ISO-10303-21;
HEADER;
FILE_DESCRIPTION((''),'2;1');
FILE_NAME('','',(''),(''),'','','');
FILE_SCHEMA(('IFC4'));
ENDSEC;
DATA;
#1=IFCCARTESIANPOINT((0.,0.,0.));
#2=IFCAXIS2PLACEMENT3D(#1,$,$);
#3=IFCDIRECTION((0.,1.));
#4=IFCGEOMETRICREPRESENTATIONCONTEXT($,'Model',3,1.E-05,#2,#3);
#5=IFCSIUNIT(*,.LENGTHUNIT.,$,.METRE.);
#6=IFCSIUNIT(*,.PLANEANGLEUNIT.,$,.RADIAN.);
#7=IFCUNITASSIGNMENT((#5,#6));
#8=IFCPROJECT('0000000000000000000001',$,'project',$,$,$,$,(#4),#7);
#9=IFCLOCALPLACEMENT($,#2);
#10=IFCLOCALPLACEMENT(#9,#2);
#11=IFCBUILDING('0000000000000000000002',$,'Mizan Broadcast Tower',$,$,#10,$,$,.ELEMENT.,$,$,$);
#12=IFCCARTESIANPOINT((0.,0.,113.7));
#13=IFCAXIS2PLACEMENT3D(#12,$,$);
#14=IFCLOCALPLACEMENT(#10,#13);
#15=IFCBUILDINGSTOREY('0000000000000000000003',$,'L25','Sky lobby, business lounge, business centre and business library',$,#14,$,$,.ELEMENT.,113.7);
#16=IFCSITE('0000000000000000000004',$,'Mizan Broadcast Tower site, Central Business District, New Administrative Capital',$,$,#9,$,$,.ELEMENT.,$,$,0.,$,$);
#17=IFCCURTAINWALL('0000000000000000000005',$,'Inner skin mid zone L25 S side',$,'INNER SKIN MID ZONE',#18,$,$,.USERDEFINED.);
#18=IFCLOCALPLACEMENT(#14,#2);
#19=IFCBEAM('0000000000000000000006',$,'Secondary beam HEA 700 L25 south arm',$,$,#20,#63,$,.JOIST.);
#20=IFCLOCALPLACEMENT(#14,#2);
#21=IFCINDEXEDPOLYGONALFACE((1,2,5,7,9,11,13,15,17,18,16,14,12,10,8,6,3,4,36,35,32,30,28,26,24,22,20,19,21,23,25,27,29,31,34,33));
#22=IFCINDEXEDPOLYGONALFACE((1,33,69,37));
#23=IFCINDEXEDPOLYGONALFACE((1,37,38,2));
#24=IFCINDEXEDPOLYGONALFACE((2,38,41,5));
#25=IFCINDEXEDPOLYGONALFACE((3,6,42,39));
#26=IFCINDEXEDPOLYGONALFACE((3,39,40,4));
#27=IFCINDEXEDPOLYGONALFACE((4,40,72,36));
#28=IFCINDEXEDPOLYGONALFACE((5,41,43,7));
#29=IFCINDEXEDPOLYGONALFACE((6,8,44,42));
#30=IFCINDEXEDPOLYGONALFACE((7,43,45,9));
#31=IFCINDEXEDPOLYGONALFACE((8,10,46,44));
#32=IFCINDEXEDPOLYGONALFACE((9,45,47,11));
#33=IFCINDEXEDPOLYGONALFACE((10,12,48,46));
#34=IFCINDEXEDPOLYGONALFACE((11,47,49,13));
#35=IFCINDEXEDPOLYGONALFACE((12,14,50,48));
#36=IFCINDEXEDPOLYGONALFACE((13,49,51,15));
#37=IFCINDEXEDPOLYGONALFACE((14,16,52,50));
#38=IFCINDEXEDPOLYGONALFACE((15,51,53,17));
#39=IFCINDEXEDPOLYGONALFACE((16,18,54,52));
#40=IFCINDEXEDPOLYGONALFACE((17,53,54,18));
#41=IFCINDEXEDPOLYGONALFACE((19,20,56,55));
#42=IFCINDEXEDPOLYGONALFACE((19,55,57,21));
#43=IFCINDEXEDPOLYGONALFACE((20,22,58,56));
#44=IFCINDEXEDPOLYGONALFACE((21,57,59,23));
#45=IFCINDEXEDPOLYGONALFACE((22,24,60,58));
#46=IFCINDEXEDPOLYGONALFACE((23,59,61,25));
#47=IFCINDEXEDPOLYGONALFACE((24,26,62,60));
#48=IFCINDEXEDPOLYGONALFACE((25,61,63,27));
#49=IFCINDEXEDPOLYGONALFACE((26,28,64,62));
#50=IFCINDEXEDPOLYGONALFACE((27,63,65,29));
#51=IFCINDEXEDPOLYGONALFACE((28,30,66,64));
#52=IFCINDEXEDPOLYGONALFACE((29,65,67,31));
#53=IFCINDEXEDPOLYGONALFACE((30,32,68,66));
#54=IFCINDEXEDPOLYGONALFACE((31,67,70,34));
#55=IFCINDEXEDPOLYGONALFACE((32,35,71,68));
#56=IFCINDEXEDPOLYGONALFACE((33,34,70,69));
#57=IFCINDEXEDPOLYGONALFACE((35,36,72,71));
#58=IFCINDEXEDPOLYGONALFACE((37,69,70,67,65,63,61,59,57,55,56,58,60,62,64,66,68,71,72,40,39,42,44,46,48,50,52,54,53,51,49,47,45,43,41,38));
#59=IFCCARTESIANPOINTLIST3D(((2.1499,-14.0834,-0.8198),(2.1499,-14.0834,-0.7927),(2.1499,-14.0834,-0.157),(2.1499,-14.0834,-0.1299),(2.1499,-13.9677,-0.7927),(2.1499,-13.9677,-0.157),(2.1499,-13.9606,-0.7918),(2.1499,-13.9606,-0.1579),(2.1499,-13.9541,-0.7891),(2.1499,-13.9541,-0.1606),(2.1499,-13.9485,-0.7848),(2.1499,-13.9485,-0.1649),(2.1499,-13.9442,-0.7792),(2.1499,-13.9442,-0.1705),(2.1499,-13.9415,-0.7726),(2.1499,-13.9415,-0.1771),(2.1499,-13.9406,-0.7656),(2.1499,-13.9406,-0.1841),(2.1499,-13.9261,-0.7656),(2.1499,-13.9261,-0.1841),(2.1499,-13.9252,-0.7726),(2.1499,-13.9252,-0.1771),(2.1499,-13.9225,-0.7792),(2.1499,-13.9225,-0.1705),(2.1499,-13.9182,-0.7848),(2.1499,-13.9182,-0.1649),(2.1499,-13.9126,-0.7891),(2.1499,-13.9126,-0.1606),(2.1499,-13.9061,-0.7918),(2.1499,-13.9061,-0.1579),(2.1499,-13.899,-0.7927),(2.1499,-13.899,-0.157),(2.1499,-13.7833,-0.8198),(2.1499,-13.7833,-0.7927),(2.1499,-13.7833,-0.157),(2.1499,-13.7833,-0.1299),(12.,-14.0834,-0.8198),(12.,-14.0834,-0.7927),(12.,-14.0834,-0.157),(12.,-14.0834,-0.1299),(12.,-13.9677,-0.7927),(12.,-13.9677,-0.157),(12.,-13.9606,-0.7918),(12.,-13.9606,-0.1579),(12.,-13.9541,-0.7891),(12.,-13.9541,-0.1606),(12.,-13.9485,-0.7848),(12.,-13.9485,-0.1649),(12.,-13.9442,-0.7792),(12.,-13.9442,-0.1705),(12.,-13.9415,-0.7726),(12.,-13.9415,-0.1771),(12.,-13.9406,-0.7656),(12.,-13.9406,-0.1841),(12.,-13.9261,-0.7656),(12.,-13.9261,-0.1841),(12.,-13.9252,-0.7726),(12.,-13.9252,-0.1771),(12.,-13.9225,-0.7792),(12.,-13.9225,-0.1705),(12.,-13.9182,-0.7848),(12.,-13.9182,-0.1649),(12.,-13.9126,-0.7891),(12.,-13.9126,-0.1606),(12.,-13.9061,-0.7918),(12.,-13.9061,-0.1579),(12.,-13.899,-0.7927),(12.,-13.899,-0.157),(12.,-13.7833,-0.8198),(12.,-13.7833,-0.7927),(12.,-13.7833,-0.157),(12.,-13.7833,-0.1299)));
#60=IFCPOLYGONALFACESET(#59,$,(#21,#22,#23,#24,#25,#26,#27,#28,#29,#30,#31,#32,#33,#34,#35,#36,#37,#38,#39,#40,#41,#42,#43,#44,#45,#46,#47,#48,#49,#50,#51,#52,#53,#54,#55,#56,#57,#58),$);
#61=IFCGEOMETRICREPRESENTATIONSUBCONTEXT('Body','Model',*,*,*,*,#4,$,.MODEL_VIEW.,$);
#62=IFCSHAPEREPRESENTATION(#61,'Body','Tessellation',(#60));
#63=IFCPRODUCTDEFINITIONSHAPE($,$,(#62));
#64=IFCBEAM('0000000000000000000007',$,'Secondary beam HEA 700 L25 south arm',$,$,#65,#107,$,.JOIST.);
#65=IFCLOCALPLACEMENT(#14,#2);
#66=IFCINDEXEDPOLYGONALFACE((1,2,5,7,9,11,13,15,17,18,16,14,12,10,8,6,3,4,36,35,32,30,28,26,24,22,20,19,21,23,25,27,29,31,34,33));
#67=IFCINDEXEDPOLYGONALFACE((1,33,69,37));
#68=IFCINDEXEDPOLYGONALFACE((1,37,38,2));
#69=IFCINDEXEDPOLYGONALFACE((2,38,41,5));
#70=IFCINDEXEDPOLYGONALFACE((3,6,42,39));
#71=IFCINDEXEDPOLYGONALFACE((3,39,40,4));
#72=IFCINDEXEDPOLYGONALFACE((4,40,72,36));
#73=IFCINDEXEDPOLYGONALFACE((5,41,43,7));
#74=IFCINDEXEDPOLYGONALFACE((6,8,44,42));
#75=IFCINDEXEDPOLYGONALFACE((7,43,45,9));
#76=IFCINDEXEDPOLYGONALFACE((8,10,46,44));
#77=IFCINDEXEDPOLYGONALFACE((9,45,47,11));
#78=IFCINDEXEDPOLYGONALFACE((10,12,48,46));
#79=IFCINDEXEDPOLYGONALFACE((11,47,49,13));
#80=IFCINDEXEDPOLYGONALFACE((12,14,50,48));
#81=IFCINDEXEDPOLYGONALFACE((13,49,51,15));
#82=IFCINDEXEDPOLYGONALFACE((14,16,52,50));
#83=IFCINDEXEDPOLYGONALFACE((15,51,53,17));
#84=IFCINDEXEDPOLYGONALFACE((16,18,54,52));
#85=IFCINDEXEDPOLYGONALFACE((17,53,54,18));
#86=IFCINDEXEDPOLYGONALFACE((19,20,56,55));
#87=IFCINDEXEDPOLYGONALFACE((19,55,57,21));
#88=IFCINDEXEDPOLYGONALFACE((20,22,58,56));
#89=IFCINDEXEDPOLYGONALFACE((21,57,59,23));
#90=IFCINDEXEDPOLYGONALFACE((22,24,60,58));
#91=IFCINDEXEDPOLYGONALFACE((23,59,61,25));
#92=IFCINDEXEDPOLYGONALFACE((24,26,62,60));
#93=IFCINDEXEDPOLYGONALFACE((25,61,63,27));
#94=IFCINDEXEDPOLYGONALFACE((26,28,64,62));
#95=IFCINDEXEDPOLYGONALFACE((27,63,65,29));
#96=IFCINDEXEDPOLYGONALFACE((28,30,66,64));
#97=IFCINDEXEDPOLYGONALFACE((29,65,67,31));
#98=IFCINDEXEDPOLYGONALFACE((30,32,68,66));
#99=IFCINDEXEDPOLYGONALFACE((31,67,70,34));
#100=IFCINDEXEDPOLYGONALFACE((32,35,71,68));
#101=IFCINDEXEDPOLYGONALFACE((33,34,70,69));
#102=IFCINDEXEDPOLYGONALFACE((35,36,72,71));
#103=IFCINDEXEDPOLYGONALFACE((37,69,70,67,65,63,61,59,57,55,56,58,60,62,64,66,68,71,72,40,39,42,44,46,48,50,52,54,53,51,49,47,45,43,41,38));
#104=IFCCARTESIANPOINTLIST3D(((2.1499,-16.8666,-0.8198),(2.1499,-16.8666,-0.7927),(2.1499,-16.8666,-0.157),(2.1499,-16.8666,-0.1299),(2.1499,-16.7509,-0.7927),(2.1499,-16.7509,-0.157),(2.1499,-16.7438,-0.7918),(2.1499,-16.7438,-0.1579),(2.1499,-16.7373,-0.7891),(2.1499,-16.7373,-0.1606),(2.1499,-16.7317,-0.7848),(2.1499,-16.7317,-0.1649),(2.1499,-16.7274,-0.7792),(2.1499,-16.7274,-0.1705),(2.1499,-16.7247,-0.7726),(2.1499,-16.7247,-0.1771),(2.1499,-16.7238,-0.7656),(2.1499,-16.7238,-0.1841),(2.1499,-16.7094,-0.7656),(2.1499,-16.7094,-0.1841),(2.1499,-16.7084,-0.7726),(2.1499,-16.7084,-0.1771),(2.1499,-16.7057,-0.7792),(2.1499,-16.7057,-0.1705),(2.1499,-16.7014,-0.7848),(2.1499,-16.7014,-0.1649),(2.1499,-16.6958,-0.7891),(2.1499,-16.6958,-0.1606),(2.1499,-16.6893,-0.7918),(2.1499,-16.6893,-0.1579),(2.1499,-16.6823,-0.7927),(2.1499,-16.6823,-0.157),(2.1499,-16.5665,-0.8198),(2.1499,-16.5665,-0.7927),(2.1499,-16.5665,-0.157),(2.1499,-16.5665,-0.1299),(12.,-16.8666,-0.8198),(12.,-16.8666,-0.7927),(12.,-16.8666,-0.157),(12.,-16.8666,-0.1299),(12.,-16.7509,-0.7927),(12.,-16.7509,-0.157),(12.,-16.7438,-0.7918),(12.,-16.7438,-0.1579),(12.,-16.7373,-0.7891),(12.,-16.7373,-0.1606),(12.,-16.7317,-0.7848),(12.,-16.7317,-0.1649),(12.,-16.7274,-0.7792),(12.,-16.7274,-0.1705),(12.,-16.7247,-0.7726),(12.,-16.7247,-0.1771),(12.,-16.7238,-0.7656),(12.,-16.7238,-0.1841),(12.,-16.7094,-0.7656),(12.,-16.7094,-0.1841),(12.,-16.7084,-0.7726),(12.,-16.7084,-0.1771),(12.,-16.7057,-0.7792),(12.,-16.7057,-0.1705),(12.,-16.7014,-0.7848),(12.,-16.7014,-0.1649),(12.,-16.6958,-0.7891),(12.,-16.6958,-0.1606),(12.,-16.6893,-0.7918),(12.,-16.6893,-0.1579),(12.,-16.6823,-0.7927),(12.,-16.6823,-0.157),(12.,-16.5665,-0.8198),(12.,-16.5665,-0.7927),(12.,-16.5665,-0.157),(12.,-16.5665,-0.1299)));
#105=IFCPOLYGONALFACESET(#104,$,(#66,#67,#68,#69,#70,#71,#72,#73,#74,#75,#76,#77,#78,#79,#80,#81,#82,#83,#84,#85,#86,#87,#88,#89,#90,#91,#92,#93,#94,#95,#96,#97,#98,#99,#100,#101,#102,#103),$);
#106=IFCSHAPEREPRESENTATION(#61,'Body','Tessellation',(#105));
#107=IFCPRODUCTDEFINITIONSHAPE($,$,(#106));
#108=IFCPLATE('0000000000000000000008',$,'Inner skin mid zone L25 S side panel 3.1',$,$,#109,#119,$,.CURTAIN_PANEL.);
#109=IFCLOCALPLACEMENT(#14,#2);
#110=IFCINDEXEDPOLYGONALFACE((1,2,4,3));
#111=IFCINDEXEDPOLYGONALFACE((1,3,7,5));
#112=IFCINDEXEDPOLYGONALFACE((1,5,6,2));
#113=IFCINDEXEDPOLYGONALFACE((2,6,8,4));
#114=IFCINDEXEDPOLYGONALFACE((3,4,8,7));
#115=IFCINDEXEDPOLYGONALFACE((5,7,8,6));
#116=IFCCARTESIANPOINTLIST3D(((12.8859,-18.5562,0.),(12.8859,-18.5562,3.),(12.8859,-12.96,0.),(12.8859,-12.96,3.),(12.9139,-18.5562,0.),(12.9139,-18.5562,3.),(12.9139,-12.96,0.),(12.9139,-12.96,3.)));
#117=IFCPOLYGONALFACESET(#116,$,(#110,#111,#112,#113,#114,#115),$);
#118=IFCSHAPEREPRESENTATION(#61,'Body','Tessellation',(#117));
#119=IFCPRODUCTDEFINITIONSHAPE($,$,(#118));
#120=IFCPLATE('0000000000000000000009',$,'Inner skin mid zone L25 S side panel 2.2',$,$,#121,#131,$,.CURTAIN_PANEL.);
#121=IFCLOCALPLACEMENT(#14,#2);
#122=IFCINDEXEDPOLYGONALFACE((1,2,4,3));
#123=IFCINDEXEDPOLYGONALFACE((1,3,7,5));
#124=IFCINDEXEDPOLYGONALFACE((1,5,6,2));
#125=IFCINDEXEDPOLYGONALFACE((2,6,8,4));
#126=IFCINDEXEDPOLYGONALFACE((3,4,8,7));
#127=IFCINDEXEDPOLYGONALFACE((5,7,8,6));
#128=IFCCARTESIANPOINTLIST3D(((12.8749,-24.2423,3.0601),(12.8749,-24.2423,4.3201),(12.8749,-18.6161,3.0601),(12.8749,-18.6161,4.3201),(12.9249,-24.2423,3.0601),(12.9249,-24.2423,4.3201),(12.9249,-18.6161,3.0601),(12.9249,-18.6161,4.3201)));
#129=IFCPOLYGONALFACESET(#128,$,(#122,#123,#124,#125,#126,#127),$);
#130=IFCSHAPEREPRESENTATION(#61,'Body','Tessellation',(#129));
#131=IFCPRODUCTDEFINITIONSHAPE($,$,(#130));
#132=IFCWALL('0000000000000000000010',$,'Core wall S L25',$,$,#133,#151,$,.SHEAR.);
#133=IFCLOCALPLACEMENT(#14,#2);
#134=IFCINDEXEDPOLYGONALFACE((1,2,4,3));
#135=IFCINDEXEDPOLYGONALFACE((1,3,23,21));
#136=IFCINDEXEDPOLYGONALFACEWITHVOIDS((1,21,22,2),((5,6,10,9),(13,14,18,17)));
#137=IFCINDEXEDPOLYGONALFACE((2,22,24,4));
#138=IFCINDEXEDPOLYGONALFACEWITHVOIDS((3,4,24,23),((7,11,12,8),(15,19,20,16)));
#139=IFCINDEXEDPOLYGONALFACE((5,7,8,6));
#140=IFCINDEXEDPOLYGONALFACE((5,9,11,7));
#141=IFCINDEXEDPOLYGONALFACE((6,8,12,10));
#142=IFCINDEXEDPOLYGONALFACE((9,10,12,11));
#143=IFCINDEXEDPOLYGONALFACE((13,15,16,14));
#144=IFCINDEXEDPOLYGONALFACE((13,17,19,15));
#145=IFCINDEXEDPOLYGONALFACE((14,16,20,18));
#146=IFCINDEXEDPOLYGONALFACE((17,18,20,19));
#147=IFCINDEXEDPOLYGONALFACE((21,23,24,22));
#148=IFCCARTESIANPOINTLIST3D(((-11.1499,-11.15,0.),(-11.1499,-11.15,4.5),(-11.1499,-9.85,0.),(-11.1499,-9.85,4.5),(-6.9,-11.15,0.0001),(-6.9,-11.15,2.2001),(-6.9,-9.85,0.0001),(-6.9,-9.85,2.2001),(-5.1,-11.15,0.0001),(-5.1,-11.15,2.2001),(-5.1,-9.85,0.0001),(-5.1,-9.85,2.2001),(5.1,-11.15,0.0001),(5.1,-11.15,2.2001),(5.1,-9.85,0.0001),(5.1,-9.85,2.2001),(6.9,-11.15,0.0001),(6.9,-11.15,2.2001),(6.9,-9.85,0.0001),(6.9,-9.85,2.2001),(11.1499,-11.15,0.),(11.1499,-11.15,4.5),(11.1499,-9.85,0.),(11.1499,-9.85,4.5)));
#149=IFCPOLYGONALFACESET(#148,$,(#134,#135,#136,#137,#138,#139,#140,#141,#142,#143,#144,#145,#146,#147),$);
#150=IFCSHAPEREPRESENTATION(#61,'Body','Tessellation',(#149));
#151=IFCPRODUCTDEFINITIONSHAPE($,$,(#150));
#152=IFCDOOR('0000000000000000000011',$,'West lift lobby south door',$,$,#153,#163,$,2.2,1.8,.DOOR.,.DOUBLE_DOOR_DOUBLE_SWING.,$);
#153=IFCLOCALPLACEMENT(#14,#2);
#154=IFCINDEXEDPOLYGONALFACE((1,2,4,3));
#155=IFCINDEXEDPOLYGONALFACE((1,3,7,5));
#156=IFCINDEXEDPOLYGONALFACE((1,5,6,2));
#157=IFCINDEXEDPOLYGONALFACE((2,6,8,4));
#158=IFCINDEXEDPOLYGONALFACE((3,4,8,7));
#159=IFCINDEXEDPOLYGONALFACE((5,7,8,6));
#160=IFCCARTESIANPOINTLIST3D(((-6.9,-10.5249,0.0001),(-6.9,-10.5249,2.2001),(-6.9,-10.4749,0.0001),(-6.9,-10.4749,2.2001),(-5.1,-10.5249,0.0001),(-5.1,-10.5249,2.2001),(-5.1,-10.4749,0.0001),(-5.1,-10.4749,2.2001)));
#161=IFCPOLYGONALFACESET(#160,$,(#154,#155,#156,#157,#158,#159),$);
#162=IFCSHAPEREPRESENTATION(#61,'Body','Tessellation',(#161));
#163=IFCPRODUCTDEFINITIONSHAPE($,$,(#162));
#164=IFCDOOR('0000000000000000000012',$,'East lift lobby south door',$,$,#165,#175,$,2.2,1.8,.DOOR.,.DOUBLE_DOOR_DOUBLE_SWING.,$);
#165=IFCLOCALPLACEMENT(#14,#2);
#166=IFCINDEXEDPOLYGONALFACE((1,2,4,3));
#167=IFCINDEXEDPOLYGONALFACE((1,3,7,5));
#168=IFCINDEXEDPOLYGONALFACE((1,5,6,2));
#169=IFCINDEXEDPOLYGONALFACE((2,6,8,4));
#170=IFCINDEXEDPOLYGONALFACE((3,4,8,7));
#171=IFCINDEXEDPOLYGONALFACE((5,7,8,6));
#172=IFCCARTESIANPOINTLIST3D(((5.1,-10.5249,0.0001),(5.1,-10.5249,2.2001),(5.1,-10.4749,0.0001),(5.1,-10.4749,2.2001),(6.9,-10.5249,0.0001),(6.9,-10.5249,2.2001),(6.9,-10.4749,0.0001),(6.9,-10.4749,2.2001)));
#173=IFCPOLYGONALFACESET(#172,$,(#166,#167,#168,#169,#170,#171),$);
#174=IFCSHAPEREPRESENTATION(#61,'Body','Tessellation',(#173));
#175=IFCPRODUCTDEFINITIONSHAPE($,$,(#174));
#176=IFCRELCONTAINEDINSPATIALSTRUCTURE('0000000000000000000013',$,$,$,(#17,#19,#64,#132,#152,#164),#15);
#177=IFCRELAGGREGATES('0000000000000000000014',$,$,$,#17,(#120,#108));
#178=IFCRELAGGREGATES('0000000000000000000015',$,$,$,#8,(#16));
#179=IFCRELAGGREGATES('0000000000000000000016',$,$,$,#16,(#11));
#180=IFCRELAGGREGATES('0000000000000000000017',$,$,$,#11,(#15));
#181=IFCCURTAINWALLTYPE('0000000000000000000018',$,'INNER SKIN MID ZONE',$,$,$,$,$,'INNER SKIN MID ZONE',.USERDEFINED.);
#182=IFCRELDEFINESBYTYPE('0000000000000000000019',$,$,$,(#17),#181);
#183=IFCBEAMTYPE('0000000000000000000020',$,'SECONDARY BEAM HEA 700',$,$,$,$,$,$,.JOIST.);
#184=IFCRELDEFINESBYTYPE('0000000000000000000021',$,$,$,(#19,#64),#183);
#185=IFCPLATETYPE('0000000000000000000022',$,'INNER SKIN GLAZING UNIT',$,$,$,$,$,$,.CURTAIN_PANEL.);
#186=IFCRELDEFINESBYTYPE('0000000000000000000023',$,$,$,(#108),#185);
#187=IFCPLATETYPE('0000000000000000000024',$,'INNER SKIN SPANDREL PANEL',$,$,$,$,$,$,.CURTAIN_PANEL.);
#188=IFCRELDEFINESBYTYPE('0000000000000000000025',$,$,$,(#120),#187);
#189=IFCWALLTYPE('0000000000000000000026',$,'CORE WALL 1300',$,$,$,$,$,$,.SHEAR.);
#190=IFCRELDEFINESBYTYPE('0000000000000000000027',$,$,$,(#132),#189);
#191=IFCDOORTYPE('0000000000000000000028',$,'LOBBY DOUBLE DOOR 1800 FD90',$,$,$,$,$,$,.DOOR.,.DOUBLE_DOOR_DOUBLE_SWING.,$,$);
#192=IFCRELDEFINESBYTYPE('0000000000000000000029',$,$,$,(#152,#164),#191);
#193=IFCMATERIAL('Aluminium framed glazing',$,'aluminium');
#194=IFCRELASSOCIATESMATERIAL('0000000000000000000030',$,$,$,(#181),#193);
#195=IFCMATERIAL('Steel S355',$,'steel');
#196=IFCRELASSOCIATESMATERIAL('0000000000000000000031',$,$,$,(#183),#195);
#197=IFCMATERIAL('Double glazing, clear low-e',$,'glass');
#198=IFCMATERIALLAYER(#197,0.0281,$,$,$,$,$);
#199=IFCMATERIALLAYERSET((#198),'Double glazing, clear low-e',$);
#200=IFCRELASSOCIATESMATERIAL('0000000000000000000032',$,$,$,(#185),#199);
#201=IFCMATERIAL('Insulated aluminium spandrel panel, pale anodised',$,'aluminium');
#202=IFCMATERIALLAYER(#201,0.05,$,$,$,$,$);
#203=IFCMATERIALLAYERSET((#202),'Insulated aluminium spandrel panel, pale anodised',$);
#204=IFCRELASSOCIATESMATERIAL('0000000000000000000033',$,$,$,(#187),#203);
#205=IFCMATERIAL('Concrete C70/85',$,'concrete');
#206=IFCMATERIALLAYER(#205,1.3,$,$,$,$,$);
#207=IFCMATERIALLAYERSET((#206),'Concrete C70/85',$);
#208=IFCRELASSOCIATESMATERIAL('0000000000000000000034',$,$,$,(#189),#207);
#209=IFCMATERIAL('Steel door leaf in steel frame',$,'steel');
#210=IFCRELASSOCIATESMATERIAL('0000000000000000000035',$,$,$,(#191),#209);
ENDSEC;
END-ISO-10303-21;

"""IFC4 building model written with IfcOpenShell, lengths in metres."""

from ifc_helpers import new_model, si_unit, direction, frame, frame_2d, origin, origin_2d, place, context, subcontext, project, spatial, rectangle, i_section, extrude, material, layer, layer_set, material_profile, profile_set, type_object, element, fill, aggregate, save


model = new_model("IFC4")

# Units and contexts
model_context = context("Model", 3, precision=1e-05, world=origin(), true_north=direction((0.0, 1.0)))
body_context = subcontext(model_context, "Body", "Model", "MODEL_VIEW")
ifc_project = project(units=[si_unit("LENGTHUNIT", "METRE"), si_unit("PLANEANGLEUNIT", "RADIAN")], contexts=[model_context])

# Site, building, storey
site_placement = place(None, origin())
site = spatial("IfcSite", under=ifc_project, at=site_placement, Name="Mizan Broadcast Tower site, Central Business District, New Administrative Capital", CompositionType="ELEMENT", RefElevation=0.0)
building_placement = place(site_placement, origin())
building = spatial("IfcBuilding", under=site, at=building_placement, Name="Mizan Broadcast Tower", CompositionType="ELEMENT")
storey_placement = place(building_placement, frame((0.0, 0.0, 113.7)))
storey = spatial("IfcBuildingStorey", under=building, at=storey_placement, Name="L25", Description="Sky lobby, business lounge, business centre and business library", CompositionType="ELEMENT", Elevation=113.7)

# Curtain wall
ifc_material_1 = material(Name="Aluminium framed glazing", Category="aluminium")
curtain_wall_type = type_object("IfcCurtainWallType", Name="INNER SKIN MID ZONE", ElementType="INNER SKIN MID ZONE", PredefinedType="USERDEFINED", material=ifc_material_1)
curtain_wall_placement = place(storey_placement, origin())
curtain_wall = element("IfcCurtainWall", 1, at=curtain_wall_placement, inside=storey, type_object=curtain_wall_type, Name="Inner skin mid zone L25 S side", ObjectType="INNER SKIN MID ZONE", PredefinedType="USERDEFINED")

# Beams
ifc_material_2 = material(Name="Steel S355", Category="steel")
ifc_material_profile_1 = material_profile(ifc_material_2, i_section(OverallWidth=0.3, OverallDepth=0.6899, WebThickness=0.0144, FlangeThickness=0.0271, FilletRadius=0.0271, at=origin_2d()), Name="HEA 700")
ifc_profile_set_1 = profile_set([ifc_material_profile_1], Name="Steel S355")
beam_type_1 = type_object("IfcBeamType", Name="SECONDARY BEAM HEA 700", PredefinedType="JOIST", material=ifc_profile_set_1)
for number, where, z_axis, x_axis, name in (
    (2, (12.0, -13.9333, -0.4749), (-1.0, 0.0, 0.0), (0.0, -1.0, 0.0), "Secondary beam HEA 700 L25 south arm"),
    (3, (12.0, -16.7166, -0.4749), (-1.0, 0.0, 0.0), (0.0, -1.0, 0.0), "Secondary beam HEA 700 L25 south arm"),
):
    element("IfcBeam", number, at=place(storey_placement, frame(where, z_axis=z_axis, x_axis=x_axis)), inside=storey, type_object=beam_type_1, Name=name, PredefinedType="JOIST", context=body_context, shape_type="SweptSolid", body=[
        extrude(i_section(OverallWidth=0.3, OverallDepth=0.6899, WebThickness=0.0144, FlangeThickness=0.0271, FilletRadius=0.0271, at=origin_2d()), origin(), (0.0, 0.0, 1.0), 9.8501),
    ])

# Plates
ifc_material_3 = material(Name="Double glazing, clear low-e", Category="glass")
ifc_layer_1 = layer(ifc_material_3, 0.0281)
ifc_layer_set_1 = layer_set([ifc_layer_1], Name="Double glazing, clear low-e")
plate_type_1 = type_object("IfcPlateType", Name="INNER SKIN GLAZING UNIT", PredefinedType="CURTAIN_PANEL", material=ifc_layer_set_1)
plate_1_placement = place(storey_placement, frame((12.8999, -15.7581, 0.0), z_axis=(0.0, 0.0, 1.0), x_axis=(0.0, 1.0, 0.0)))
plate_1 = element("IfcPlate", 4, at=plate_1_placement, type_object=plate_type_1, Name="Inner skin mid zone L25 S side panel 3.1", PredefinedType="CURTAIN_PANEL", context=body_context, shape_type="SweptSolid", body=[
    extrude(rectangle(XDim=5.5962, YDim=0.0281, at=origin_2d()), origin(), (0.0, 0.0, 1.0), 3.0),
])
ifc_material_4 = material(Name="Insulated aluminium spandrel panel, pale anodised", Category="aluminium")
ifc_layer_2 = layer(ifc_material_4, 0.05)
ifc_layer_set_2 = layer_set([ifc_layer_2], Name="Insulated aluminium spandrel panel, pale anodised")
plate_type_2 = type_object("IfcPlateType", Name="INNER SKIN SPANDREL PANEL", PredefinedType="CURTAIN_PANEL", material=ifc_layer_set_2)
plate_2_placement = place(storey_placement, frame((12.8999, -21.4292, 3.0601), z_axis=(0.0, 0.0, 1.0), x_axis=(0.0, 1.0, 0.0)))
plate_2 = element("IfcPlate", 5, at=plate_2_placement, type_object=plate_type_2, Name="Inner skin mid zone L25 S side panel 2.2", PredefinedType="CURTAIN_PANEL", context=body_context, shape_type="SweptSolid", body=[
    extrude(rectangle(XDim=5.6262, YDim=0.05, at=origin_2d()), origin(), (0.0, 0.0, 1.0), 1.26),
])
aggregate(curtain_wall, [plate_2, plate_1])

# Wall, openings, doors
ifc_material_5 = material(Name="Concrete C70/85", Category="concrete")
ifc_layer_3 = layer(ifc_material_5, 1.3)
ifc_layer_set_3 = layer_set([ifc_layer_3], Name="Concrete C70/85")
wall_type_1 = type_object("IfcWallType", Name="CORE WALL 1300", PredefinedType="SHEAR", material=ifc_layer_set_3)
wall_1_placement = place(storey_placement, frame((11.1499, -10.5, 0.0), z_axis=(0.0, 0.0, 1.0), x_axis=(-1.0, 0.0, 0.0)))
wall_1 = element("IfcWall", 6, at=wall_1_placement, inside=storey, type_object=wall_type_1, Name="Core wall S L25", PredefinedType="SHEAR", context=body_context, shape_type="SweptSolid", body=[
    extrude(rectangle(XDim=22.2998, YDim=1.3, at=frame_2d((11.1499, 0.0))), origin(), (0.0, 0.0, 1.0), 4.5),
])
opening_1_placement = place(wall_1_placement, frame((16.25, 0.0, 0.0)))
opening_1 = element("IfcOpeningElement", 7, at=opening_1_placement, cuts=wall_1, PredefinedType="OPENING", context=body_context, shape_type="SweptSolid", body=[
    extrude(rectangle(XDim=1.8, YDim=2.2, at=frame_2d((0.8999, 1.1001))), frame((0.0, 0.6599, 0.0), z_axis=(0.0, -1.0, 0.0), x_axis=(1.0, 0.0, 0.0)), (0.0, 0.0, 1.0), 1.3201),
])
opening_2_placement = place(wall_1_placement, frame((4.25, 0.0, 0.0)))
opening_2 = element("IfcOpeningElement", 8, at=opening_2_placement, cuts=wall_1, PredefinedType="OPENING", context=body_context, shape_type="SweptSolid", body=[
    extrude(rectangle(XDim=1.8, YDim=2.2, at=frame_2d((0.8999, 1.1001))), frame((0.0, 0.6599, 0.0), z_axis=(0.0, -1.0, 0.0), x_axis=(1.0, 0.0, 0.0)), (0.0, 0.0, 1.0), 1.3201),
])
ifc_material_6 = material(Name="Steel door leaf in steel frame", Category="steel")
door_type = type_object("IfcDoorType", Name="LOBBY DOUBLE DOOR 1800 FD90", OperationType="DOUBLE_DOOR_DOUBLE_SWING", PredefinedType="DOOR", material=ifc_material_6)
door_1_placement = place(opening_1_placement, origin())
door_1 = element("IfcDoor", 9, at=door_1_placement, inside=storey, type_object=door_type, Name="West lift lobby south door", OperationType="DOUBLE_DOOR_DOUBLE_SWING", OverallHeight=2.2, OverallWidth=1.8, PredefinedType="DOOR", context=body_context, shape_type="SweptSolid", body=[
    extrude(rectangle(XDim=1.8, YDim=2.2, at=frame_2d((0.8999, 1.1001))), frame((0.0, 0.0249, 0.0), z_axis=(0.0, -1.0, 0.0), x_axis=(1.0, 0.0, 0.0)), (0.0, 0.0, 1.0), 0.05),
])
fill(opening_1, door_1)
door_2_placement = place(opening_2_placement, origin())
door_2 = element("IfcDoor", 10, at=door_2_placement, inside=storey, type_object=door_type, Name="East lift lobby south door", OperationType="DOUBLE_DOOR_DOUBLE_SWING", OverallHeight=2.2, OverallWidth=1.8, PredefinedType="DOOR", context=body_context, shape_type="SweptSolid", body=[
    extrude(rectangle(XDim=1.8, YDim=2.2, at=frame_2d((0.8999, 1.1001))), frame((0.0, 0.0249, 0.0), z_axis=(0.0, -1.0, 0.0), x_axis=(1.0, 0.0, 0.0)), (0.0, 0.0, 1.0), 0.05),
])
fill(opening_2, door_2)

save(model, "model.ifc")
